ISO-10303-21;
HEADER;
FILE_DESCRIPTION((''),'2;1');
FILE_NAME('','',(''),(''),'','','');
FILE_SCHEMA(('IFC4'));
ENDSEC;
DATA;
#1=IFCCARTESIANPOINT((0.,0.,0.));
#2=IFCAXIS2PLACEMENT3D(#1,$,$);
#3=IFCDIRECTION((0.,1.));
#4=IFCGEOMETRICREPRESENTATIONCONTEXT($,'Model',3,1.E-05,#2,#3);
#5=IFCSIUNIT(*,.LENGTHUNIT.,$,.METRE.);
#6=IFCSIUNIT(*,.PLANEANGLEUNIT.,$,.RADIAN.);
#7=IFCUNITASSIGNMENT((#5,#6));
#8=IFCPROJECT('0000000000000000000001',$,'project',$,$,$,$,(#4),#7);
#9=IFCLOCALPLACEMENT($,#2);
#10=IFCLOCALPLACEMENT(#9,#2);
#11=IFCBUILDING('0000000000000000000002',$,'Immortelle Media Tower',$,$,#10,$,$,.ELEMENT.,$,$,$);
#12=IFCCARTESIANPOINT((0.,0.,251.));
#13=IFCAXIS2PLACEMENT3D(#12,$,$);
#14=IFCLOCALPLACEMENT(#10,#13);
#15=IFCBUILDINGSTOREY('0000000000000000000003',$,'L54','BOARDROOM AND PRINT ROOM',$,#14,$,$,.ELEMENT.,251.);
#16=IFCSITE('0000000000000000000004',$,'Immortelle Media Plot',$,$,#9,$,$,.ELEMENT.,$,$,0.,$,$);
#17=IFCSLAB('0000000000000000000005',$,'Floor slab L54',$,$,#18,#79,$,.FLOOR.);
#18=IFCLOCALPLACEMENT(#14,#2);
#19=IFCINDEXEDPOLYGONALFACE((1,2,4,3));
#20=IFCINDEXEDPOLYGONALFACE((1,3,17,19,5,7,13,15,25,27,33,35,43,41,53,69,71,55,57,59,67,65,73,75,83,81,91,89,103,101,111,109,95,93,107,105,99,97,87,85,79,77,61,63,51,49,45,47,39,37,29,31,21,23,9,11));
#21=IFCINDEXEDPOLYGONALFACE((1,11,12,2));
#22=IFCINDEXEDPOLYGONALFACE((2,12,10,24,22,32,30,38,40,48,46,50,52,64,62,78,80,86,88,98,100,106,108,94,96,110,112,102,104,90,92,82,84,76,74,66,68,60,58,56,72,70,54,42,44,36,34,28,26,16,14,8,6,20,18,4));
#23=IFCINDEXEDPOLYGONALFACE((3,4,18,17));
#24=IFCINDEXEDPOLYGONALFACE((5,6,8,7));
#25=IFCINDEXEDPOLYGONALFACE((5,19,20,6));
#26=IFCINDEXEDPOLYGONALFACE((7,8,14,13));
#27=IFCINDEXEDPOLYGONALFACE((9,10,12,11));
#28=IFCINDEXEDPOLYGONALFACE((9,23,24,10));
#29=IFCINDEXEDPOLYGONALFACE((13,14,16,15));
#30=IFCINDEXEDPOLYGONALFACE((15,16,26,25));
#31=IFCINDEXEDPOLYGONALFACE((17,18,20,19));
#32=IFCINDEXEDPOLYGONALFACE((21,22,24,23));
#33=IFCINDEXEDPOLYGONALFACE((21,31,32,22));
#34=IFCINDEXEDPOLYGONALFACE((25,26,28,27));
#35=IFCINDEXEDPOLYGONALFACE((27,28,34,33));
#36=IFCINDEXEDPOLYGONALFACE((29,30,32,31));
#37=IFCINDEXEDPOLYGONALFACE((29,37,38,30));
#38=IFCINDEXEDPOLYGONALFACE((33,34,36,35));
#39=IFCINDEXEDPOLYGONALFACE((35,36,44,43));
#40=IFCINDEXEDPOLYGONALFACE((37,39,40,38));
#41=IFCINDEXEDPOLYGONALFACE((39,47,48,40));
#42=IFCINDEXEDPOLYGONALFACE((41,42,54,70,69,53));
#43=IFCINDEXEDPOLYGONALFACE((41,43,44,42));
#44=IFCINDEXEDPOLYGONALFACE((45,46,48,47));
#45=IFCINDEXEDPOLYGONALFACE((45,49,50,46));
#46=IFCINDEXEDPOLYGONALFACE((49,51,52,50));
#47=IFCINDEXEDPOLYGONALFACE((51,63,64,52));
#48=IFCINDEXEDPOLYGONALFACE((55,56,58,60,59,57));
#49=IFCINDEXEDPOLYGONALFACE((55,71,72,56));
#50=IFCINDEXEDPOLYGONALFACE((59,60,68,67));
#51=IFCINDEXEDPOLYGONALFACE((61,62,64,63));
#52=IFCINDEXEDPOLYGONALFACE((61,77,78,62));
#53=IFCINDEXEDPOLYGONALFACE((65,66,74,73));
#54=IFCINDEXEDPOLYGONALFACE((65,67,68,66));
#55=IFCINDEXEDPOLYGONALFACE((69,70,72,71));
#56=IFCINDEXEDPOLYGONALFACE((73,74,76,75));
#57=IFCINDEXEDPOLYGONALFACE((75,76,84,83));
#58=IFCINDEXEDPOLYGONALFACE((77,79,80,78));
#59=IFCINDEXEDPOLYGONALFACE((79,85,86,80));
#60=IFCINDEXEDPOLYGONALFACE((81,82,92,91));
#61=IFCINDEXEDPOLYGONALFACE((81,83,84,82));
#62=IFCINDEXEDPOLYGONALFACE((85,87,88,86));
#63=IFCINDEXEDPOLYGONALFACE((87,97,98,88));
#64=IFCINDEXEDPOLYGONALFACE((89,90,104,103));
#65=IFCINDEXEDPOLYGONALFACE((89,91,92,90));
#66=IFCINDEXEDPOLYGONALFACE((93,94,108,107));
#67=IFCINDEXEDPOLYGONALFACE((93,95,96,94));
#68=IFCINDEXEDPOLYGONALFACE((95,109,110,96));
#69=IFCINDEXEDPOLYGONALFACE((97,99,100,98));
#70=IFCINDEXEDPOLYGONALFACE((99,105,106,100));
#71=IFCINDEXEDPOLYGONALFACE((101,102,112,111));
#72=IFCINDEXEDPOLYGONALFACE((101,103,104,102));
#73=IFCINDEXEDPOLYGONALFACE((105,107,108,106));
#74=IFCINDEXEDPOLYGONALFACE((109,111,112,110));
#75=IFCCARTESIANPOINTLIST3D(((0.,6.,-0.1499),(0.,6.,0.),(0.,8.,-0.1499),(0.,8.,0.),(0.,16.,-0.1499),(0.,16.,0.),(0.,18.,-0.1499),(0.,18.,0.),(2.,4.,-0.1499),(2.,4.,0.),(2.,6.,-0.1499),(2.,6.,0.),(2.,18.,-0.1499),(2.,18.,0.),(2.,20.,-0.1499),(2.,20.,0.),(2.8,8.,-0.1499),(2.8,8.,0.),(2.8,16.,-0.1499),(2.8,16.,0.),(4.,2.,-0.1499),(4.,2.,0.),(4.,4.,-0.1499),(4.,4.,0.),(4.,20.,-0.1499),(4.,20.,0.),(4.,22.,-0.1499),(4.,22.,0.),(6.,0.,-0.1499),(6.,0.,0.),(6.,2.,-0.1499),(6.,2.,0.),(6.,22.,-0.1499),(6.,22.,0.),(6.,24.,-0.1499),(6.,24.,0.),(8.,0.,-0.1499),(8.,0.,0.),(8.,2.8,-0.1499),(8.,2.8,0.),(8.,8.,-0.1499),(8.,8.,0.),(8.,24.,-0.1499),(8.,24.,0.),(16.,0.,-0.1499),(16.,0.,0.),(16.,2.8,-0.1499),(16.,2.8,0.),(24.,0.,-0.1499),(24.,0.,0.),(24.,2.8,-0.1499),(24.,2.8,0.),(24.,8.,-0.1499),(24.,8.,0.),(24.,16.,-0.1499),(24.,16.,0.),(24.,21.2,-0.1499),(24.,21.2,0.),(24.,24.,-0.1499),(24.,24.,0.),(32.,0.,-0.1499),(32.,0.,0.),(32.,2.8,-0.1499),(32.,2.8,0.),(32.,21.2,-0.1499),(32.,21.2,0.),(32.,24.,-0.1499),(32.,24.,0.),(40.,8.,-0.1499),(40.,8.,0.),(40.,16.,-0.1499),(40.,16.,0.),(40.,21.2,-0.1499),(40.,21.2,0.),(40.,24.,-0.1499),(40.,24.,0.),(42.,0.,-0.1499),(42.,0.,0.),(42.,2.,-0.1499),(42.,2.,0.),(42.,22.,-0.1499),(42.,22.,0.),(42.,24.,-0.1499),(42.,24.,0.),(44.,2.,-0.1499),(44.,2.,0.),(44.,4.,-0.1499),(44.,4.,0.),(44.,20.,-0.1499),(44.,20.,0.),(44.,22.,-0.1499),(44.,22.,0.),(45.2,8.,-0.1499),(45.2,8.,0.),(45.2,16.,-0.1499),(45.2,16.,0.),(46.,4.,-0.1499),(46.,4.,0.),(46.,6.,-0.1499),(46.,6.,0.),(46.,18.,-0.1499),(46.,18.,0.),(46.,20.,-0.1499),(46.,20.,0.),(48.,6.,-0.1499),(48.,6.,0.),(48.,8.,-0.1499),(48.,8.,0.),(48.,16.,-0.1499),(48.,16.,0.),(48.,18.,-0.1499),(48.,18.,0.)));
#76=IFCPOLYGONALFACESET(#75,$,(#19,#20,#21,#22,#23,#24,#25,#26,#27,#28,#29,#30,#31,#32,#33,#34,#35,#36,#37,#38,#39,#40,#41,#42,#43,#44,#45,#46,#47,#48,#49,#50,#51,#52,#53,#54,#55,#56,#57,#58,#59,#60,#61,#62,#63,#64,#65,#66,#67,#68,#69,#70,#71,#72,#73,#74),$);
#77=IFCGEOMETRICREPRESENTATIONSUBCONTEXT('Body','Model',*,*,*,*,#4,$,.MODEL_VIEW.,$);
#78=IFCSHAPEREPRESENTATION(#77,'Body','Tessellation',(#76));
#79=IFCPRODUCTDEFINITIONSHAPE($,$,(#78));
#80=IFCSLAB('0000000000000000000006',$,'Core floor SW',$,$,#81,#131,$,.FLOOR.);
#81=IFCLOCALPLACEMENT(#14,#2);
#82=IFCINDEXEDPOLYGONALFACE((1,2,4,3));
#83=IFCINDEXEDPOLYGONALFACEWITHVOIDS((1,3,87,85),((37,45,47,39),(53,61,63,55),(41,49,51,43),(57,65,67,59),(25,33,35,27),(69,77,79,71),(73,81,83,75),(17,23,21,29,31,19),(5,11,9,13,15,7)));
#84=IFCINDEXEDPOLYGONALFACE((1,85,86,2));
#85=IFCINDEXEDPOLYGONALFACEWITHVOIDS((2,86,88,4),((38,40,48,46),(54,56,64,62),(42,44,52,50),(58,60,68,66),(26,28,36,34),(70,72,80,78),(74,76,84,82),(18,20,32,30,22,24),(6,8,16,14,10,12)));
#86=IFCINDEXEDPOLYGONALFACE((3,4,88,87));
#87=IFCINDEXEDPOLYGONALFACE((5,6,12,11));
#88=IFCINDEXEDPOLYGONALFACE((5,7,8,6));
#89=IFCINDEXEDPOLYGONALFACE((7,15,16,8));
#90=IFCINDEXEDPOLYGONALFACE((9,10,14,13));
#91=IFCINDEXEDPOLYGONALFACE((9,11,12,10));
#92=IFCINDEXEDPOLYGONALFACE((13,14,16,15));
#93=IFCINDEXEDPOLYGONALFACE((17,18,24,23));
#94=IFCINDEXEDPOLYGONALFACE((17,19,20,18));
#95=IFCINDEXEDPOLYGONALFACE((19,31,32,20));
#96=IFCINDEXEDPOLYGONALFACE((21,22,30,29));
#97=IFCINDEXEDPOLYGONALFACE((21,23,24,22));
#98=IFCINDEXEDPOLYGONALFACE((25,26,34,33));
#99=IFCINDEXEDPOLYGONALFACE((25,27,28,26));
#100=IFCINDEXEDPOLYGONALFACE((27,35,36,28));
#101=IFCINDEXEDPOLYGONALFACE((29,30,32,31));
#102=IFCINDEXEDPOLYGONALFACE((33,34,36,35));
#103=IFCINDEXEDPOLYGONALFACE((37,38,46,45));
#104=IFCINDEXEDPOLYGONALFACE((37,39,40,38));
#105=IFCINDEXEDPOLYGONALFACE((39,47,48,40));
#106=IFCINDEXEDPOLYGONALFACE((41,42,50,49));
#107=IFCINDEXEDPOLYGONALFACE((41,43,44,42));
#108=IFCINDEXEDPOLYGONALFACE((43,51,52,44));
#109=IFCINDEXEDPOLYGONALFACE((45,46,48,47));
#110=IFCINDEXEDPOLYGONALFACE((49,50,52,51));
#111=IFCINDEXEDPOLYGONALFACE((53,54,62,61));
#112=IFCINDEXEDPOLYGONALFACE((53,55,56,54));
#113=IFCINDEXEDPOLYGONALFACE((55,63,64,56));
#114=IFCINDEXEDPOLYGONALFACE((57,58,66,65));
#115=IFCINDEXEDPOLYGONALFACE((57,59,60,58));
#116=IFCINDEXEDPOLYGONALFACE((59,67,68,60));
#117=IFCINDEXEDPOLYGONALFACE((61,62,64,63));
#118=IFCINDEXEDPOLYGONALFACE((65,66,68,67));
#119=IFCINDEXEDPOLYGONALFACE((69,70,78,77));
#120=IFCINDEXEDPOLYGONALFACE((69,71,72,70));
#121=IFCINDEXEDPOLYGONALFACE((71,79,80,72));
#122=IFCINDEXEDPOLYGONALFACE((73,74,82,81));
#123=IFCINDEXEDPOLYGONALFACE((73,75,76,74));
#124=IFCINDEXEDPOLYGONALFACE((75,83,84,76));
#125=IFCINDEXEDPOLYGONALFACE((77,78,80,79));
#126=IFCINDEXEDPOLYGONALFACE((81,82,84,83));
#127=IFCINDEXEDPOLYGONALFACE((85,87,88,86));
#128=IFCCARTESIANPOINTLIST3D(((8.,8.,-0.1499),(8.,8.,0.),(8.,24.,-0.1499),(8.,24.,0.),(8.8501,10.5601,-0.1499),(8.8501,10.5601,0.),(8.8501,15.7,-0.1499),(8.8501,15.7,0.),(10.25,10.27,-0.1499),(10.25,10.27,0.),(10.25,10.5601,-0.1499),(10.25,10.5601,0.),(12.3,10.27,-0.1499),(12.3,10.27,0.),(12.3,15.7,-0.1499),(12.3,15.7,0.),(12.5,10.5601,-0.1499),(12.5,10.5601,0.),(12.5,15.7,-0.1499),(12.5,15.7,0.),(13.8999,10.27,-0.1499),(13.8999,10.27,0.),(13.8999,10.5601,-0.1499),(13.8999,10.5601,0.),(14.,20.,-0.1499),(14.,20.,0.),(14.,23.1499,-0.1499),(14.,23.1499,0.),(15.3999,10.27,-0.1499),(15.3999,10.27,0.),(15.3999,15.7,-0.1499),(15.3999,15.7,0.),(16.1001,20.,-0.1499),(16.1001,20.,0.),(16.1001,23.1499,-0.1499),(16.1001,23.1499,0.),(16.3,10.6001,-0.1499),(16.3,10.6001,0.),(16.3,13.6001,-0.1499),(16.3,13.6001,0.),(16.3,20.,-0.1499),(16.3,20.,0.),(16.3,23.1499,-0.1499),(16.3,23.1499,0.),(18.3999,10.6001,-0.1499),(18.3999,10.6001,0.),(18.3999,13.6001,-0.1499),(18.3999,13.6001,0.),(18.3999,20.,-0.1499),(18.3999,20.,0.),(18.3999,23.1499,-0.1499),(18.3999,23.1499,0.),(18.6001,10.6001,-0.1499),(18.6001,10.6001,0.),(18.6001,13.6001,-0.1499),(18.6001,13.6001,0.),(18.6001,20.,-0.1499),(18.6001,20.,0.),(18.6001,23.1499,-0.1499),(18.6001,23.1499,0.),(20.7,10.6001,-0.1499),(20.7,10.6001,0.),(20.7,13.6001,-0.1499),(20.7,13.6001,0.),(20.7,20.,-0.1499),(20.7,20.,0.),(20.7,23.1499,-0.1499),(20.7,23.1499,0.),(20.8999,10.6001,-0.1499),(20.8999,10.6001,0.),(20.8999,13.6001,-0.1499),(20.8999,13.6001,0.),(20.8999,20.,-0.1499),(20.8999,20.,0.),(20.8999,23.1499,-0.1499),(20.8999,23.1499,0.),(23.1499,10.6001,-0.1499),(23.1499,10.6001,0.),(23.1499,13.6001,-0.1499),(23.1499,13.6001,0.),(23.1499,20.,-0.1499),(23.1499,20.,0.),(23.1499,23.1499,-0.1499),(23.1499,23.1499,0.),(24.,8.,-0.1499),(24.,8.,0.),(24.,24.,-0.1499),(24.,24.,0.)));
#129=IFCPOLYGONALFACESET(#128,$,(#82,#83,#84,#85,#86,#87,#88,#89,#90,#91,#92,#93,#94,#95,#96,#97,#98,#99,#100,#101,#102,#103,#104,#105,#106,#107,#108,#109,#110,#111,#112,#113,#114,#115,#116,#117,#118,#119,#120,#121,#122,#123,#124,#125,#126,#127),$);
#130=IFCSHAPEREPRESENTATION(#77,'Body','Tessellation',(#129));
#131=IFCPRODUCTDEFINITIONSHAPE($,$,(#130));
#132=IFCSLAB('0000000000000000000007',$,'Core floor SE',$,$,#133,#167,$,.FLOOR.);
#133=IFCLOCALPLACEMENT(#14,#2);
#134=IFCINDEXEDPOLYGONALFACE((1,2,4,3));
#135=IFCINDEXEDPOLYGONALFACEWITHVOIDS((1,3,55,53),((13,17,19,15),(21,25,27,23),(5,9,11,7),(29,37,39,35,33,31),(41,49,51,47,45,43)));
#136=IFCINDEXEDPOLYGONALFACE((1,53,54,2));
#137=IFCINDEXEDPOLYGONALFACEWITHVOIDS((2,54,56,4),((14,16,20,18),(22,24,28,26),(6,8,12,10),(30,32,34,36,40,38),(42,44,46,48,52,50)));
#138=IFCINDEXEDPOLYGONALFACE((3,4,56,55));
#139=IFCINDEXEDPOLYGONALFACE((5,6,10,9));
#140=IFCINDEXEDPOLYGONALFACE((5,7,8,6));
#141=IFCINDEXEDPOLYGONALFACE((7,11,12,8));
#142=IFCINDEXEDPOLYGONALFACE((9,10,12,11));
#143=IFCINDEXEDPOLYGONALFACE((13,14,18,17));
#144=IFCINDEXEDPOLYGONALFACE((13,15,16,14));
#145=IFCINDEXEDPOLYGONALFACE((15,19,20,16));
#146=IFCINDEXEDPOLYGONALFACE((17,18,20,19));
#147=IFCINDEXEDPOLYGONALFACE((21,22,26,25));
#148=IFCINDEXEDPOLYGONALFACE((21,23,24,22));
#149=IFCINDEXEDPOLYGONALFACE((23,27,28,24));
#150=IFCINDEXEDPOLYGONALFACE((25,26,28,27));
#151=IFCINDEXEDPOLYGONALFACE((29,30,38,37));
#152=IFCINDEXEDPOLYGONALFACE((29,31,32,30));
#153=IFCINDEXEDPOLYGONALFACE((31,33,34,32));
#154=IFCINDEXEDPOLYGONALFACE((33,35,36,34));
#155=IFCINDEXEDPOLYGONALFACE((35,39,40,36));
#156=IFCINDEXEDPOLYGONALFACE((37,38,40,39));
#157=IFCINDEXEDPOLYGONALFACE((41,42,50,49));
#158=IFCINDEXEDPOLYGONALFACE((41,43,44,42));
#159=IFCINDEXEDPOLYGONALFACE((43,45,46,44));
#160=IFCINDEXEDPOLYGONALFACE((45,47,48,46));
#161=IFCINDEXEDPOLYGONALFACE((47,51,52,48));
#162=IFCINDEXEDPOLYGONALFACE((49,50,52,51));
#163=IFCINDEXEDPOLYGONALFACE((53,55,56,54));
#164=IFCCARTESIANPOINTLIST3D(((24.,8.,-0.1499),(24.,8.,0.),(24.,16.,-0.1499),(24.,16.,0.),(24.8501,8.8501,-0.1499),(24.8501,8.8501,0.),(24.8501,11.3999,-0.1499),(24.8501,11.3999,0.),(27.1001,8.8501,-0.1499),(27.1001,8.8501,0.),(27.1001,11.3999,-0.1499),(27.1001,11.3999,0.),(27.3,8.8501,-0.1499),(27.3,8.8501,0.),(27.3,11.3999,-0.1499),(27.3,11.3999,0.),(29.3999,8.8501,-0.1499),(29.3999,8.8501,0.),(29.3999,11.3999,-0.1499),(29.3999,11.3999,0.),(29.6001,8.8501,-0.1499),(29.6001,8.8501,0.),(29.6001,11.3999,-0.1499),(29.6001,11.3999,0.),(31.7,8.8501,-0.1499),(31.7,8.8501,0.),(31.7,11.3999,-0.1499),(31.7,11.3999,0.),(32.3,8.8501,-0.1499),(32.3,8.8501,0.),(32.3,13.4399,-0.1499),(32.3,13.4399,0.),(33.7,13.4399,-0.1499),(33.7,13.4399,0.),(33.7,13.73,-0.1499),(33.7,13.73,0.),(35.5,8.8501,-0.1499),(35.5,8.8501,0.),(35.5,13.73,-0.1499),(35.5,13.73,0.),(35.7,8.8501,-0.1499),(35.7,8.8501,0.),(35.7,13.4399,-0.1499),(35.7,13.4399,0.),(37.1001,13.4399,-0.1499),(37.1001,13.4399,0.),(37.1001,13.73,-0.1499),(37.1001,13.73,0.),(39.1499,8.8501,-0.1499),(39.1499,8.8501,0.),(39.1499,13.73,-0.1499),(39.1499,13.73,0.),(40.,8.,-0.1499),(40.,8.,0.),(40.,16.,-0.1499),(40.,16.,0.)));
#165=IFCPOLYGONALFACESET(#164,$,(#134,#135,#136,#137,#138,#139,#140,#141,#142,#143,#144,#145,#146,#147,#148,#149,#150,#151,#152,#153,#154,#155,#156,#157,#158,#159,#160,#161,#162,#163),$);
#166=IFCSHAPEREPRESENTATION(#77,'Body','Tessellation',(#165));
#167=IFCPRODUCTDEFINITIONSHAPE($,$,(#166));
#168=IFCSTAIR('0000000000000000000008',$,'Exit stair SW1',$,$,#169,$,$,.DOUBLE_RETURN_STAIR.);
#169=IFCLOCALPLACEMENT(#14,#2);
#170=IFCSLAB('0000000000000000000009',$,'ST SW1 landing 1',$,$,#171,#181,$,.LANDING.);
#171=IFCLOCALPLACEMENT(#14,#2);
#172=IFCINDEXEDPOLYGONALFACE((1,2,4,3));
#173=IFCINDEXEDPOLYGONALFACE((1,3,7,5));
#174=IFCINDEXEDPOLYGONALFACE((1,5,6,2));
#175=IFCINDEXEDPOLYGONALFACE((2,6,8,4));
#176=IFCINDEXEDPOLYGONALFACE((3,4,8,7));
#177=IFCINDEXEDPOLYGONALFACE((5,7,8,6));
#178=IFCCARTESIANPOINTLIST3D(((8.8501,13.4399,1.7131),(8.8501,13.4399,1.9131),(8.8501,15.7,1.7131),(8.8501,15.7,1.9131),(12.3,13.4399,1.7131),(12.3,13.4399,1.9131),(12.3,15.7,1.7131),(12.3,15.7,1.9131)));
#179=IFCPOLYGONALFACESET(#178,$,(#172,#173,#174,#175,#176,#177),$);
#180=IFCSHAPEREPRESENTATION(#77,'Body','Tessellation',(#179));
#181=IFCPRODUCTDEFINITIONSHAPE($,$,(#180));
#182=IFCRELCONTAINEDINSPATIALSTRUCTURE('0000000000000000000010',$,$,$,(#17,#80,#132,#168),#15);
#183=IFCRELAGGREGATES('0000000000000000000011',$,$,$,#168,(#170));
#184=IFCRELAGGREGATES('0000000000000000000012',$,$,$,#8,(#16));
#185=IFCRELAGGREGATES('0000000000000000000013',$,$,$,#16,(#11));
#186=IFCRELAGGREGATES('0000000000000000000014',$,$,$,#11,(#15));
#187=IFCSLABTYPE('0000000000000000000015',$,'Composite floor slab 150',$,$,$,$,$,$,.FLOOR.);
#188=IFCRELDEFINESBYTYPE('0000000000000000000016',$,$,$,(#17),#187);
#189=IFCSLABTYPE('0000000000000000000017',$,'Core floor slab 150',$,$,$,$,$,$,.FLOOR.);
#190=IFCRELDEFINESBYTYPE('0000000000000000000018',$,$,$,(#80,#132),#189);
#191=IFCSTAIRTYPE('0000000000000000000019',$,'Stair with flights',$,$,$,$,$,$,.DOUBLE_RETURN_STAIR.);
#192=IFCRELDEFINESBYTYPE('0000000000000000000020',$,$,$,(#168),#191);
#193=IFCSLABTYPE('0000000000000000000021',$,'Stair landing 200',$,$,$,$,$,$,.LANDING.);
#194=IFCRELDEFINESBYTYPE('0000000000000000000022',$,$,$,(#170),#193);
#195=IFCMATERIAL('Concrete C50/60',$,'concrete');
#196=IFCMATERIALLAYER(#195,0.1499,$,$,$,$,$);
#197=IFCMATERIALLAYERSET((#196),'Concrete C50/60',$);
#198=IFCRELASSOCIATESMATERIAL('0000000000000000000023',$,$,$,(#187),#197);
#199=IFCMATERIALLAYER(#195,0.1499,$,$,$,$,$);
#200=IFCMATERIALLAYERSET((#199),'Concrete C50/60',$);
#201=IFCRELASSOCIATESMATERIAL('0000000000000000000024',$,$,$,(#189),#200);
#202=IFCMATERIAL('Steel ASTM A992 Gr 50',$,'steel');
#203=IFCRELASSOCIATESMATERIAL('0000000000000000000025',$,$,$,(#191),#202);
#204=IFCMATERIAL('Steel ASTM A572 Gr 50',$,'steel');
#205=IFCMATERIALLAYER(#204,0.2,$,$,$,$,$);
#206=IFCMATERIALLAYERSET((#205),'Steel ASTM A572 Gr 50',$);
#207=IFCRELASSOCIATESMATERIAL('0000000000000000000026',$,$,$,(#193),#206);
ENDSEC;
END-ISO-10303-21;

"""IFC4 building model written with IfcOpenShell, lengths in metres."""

from ifc_helpers import new_model, si_unit, direction, frame, origin, place, context, subcontext, project, spatial, polyline, outline, extrude, material, layer, layer_set, type_object, element, aggregate, save


model = new_model("IFC4")

# Units and contexts
model_context = context("Model", 3, precision=1e-05, world=origin(), true_north=direction((0.0, 1.0)))
body_context = subcontext(model_context, "Body", "Model", "MODEL_VIEW")
ifc_project = project(units=[si_unit("LENGTHUNIT", "METRE"), si_unit("PLANEANGLEUNIT", "RADIAN")], contexts=[model_context])

# Site, building, storey
site_placement = place(None, origin())
site = spatial("IfcSite", under=ifc_project, at=site_placement, Name="Immortelle Media Plot", CompositionType="ELEMENT", RefElevation=0.0)
building_placement = place(site_placement, origin())
building = spatial("IfcBuilding", under=site, at=building_placement, Name="Immortelle Media Tower", CompositionType="ELEMENT")
storey_placement = place(building_placement, frame((0.0, 0.0, 251.0)))
storey = spatial("IfcBuildingStorey", under=building, at=storey_placement, Name="L54", Description="BOARDROOM AND PRINT ROOM", CompositionType="ELEMENT", Elevation=251.0)

# Shared definitions
ifc_material_1 = material(Name="Steel ASTM A992 Gr 50", Category="steel")

# Slabs
ifc_material_2 = material(Name="Concrete C50/60", Category="concrete")
ifc_layer_1 = layer(ifc_material_2, 0.1499)
ifc_layer_set_1 = layer_set([ifc_layer_1], Name="Concrete C50/60")
slab_type_1 = type_object("IfcSlabType", Name="Composite floor slab 150", PredefinedType="FLOOR", material=ifc_layer_set_1)
slab_1_placement = place(storey_placement, frame((0.0, 0.0, -0.1499)))
element("IfcSlab", 1, at=slab_1_placement, inside=storey, type_object=slab_type_1, Name="Floor slab L54", PredefinedType="FLOOR", context=body_context, shape_type="SweptSolid", body=[
    extrude(outline(polyline([(6.0, 0.0), (6.0, 2.0), (4.0, 2.0), (4.0, 4.0), (2.0, 4.0), (2.0, 6.0), (0.0, 6.0), (0.0, 8.0), (2.8, 8.0), (2.8, 16.0), (0.0, 16.0), (0.0, 18.0), (2.0, 18.0), (2.0, 20.0), (4.0, 20.0), (4.0, 22.0), (6.0, 22.0), (6.0, 24.0), (8.0, 24.0), (8.0, 8.0), (24.0, 8.0), (40.0, 8.0), (40.0, 16.0), (24.0, 16.0), (24.0, 21.2), (24.0, 24.0), (32.0, 24.0), (32.0, 21.2), (40.0, 21.2), (40.0, 24.0), (42.0, 24.0), (42.0, 22.0), (44.0, 22.0), (44.0, 20.0), (46.0, 20.0), (46.0, 18.0), (48.0, 18.0), (48.0, 16.0), (45.2, 16.0), (45.2, 8.0), (48.0, 8.0), (48.0, 6.0), (46.0, 6.0), (46.0, 4.0), (44.0, 4.0), (44.0, 2.0), (42.0, 2.0), (42.0, 0.0), (32.0, 0.0), (32.0, 2.8), (24.0, 2.8), (24.0, 0.0), (16.0, 0.0), (16.0, 2.8), (8.0, 2.8), (8.0, 0.0), (6.0, 0.0)])), origin(), (0.0, 0.0, 1.0), 0.1499),
])
ifc_layer_2 = layer(ifc_material_2, 0.1499)
ifc_layer_set_2 = layer_set([ifc_layer_2], Name="Concrete C50/60")
slab_type_2 = type_object("IfcSlabType", Name="Core floor slab 150", PredefinedType="FLOOR", material=ifc_layer_set_2)
slab_2_placement = place(storey_placement, frame((0.0, 0.0, -0.1499)))
element("IfcSlab", 2, at=slab_2_placement, inside=storey, type_object=slab_type_2, Name="Core floor SW", PredefinedType="FLOOR", context=body_context, shape_type="SweptSolid", body=[
    extrude(outline(polyline([(8.0, 8.0), (24.0, 8.0), (24.0, 24.0), (8.0, 24.0), (8.0, 8.0)]), holes=[polyline([(14.0, 20.0), (16.1001, 20.0), (16.1001, 23.1499), (14.0, 23.1499), (14.0, 20.0)]), polyline([(16.3, 20.0), (18.3999, 20.0), (18.3999, 23.1499), (16.3, 23.1499), (16.3, 20.0)]), polyline([(18.6001, 20.0), (20.7, 20.0), (20.7, 23.1499), (18.6001, 23.1499), (18.6001, 20.0)]), polyline([(20.8999, 20.0), (23.1499, 20.0), (23.1499, 23.1499), (20.8999, 23.1499), (20.8999, 20.0)]), polyline([(16.3, 10.6001), (18.3999, 10.6001), (18.3999, 13.6001), (16.3, 13.6001), (16.3, 10.6001)]), polyline([(18.6001, 10.6001), (20.7, 10.6001), (20.7, 13.6001), (18.6001, 13.6001), (18.6001, 10.6001)]), polyline([(20.8999, 10.6001), (23.1499, 10.6001), (23.1499, 13.6001), (20.8999, 13.6001), (20.8999, 10.6001)]), polyline([(8.8501, 15.7), (12.3, 15.7), (12.3, 10.27), (10.25, 10.27), (10.25, 10.5601), (8.8501, 10.5601), (8.8501, 15.7)]), polyline([(12.5, 15.7), (15.3999, 15.7), (15.3999, 10.27), (13.8999, 10.27), (13.8999, 10.5601), (12.5, 10.5601), (12.5, 15.7)])]), origin(), (0.0, 0.0, 1.0), 0.1499),
])
slab_3_placement = place(storey_placement, frame((0.0, 0.0, -0.1499)))
element("IfcSlab", 3, at=slab_3_placement, inside=storey, type_object=slab_type_2, Name="Core floor SE", PredefinedType="FLOOR", context=body_context, shape_type="SweptSolid", body=[
    extrude(outline(polyline([(24.0, 8.0), (40.0, 8.0), (40.0, 16.0), (24.0, 16.0), (24.0, 8.0)]), holes=[polyline([(24.8501, 8.8501), (27.1001, 8.8501), (27.1001, 11.3999), (24.8501, 11.3999), (24.8501, 8.8501)]), polyline([(27.3, 8.8501), (29.3999, 8.8501), (29.3999, 11.3999), (27.3, 11.3999), (27.3, 8.8501)]), polyline([(29.6001, 8.8501), (31.7, 8.8501), (31.7, 11.3999), (29.6001, 11.3999), (29.6001, 8.8501)]), polyline([(35.5, 13.73), (35.5, 8.8501), (32.3, 8.8501), (32.3, 13.4399), (33.7, 13.4399), (33.7, 13.73), (35.5, 13.73)]), polyline([(39.1499, 13.73), (39.1499, 8.8501), (35.7, 8.8501), (35.7, 13.4399), (37.1001, 13.4399), (37.1001, 13.73), (39.1499, 13.73)])]), origin(), (0.0, 0.0, 1.0), 0.1499),
])

# Stair, slab
stair_type = type_object("IfcStairType", Name="Stair with flights", PredefinedType="DOUBLE_RETURN_STAIR", material=ifc_material_1)
stair_1_placement = place(storey_placement, origin())
stair_1 = element("IfcStair", 4, at=stair_1_placement, inside=storey, type_object=stair_type, Name="Exit stair SW1", PredefinedType="DOUBLE_RETURN_STAIR")
ifc_material_3 = material(Name="Steel ASTM A572 Gr 50", Category="steel")
ifc_layer_3 = layer(ifc_material_3, 0.2)
ifc_layer_set_3 = layer_set([ifc_layer_3], Name="Steel ASTM A572 Gr 50")
slab_type_3 = type_object("IfcSlabType", Name="Stair landing 200", PredefinedType="LANDING", material=ifc_layer_set_3)
slab_4_placement = place(storey_placement, frame((0.0, 0.0, 1.7131)))
slab_4 = element("IfcSlab", 5, at=slab_4_placement, type_object=slab_type_3, Name="ST SW1 landing 1", PredefinedType="LANDING", context=body_context, shape_type="SweptSolid", body=[
    extrude(outline(polyline([(8.8501, 13.4399), (12.3, 13.4399), (12.3, 15.7), (8.8501, 15.7), (8.8501, 13.4399)])), origin(), (0.0, 0.0, 1.0), 0.2),
])
aggregate(stair_1, [slab_4])

save(model, "model.ifc")
